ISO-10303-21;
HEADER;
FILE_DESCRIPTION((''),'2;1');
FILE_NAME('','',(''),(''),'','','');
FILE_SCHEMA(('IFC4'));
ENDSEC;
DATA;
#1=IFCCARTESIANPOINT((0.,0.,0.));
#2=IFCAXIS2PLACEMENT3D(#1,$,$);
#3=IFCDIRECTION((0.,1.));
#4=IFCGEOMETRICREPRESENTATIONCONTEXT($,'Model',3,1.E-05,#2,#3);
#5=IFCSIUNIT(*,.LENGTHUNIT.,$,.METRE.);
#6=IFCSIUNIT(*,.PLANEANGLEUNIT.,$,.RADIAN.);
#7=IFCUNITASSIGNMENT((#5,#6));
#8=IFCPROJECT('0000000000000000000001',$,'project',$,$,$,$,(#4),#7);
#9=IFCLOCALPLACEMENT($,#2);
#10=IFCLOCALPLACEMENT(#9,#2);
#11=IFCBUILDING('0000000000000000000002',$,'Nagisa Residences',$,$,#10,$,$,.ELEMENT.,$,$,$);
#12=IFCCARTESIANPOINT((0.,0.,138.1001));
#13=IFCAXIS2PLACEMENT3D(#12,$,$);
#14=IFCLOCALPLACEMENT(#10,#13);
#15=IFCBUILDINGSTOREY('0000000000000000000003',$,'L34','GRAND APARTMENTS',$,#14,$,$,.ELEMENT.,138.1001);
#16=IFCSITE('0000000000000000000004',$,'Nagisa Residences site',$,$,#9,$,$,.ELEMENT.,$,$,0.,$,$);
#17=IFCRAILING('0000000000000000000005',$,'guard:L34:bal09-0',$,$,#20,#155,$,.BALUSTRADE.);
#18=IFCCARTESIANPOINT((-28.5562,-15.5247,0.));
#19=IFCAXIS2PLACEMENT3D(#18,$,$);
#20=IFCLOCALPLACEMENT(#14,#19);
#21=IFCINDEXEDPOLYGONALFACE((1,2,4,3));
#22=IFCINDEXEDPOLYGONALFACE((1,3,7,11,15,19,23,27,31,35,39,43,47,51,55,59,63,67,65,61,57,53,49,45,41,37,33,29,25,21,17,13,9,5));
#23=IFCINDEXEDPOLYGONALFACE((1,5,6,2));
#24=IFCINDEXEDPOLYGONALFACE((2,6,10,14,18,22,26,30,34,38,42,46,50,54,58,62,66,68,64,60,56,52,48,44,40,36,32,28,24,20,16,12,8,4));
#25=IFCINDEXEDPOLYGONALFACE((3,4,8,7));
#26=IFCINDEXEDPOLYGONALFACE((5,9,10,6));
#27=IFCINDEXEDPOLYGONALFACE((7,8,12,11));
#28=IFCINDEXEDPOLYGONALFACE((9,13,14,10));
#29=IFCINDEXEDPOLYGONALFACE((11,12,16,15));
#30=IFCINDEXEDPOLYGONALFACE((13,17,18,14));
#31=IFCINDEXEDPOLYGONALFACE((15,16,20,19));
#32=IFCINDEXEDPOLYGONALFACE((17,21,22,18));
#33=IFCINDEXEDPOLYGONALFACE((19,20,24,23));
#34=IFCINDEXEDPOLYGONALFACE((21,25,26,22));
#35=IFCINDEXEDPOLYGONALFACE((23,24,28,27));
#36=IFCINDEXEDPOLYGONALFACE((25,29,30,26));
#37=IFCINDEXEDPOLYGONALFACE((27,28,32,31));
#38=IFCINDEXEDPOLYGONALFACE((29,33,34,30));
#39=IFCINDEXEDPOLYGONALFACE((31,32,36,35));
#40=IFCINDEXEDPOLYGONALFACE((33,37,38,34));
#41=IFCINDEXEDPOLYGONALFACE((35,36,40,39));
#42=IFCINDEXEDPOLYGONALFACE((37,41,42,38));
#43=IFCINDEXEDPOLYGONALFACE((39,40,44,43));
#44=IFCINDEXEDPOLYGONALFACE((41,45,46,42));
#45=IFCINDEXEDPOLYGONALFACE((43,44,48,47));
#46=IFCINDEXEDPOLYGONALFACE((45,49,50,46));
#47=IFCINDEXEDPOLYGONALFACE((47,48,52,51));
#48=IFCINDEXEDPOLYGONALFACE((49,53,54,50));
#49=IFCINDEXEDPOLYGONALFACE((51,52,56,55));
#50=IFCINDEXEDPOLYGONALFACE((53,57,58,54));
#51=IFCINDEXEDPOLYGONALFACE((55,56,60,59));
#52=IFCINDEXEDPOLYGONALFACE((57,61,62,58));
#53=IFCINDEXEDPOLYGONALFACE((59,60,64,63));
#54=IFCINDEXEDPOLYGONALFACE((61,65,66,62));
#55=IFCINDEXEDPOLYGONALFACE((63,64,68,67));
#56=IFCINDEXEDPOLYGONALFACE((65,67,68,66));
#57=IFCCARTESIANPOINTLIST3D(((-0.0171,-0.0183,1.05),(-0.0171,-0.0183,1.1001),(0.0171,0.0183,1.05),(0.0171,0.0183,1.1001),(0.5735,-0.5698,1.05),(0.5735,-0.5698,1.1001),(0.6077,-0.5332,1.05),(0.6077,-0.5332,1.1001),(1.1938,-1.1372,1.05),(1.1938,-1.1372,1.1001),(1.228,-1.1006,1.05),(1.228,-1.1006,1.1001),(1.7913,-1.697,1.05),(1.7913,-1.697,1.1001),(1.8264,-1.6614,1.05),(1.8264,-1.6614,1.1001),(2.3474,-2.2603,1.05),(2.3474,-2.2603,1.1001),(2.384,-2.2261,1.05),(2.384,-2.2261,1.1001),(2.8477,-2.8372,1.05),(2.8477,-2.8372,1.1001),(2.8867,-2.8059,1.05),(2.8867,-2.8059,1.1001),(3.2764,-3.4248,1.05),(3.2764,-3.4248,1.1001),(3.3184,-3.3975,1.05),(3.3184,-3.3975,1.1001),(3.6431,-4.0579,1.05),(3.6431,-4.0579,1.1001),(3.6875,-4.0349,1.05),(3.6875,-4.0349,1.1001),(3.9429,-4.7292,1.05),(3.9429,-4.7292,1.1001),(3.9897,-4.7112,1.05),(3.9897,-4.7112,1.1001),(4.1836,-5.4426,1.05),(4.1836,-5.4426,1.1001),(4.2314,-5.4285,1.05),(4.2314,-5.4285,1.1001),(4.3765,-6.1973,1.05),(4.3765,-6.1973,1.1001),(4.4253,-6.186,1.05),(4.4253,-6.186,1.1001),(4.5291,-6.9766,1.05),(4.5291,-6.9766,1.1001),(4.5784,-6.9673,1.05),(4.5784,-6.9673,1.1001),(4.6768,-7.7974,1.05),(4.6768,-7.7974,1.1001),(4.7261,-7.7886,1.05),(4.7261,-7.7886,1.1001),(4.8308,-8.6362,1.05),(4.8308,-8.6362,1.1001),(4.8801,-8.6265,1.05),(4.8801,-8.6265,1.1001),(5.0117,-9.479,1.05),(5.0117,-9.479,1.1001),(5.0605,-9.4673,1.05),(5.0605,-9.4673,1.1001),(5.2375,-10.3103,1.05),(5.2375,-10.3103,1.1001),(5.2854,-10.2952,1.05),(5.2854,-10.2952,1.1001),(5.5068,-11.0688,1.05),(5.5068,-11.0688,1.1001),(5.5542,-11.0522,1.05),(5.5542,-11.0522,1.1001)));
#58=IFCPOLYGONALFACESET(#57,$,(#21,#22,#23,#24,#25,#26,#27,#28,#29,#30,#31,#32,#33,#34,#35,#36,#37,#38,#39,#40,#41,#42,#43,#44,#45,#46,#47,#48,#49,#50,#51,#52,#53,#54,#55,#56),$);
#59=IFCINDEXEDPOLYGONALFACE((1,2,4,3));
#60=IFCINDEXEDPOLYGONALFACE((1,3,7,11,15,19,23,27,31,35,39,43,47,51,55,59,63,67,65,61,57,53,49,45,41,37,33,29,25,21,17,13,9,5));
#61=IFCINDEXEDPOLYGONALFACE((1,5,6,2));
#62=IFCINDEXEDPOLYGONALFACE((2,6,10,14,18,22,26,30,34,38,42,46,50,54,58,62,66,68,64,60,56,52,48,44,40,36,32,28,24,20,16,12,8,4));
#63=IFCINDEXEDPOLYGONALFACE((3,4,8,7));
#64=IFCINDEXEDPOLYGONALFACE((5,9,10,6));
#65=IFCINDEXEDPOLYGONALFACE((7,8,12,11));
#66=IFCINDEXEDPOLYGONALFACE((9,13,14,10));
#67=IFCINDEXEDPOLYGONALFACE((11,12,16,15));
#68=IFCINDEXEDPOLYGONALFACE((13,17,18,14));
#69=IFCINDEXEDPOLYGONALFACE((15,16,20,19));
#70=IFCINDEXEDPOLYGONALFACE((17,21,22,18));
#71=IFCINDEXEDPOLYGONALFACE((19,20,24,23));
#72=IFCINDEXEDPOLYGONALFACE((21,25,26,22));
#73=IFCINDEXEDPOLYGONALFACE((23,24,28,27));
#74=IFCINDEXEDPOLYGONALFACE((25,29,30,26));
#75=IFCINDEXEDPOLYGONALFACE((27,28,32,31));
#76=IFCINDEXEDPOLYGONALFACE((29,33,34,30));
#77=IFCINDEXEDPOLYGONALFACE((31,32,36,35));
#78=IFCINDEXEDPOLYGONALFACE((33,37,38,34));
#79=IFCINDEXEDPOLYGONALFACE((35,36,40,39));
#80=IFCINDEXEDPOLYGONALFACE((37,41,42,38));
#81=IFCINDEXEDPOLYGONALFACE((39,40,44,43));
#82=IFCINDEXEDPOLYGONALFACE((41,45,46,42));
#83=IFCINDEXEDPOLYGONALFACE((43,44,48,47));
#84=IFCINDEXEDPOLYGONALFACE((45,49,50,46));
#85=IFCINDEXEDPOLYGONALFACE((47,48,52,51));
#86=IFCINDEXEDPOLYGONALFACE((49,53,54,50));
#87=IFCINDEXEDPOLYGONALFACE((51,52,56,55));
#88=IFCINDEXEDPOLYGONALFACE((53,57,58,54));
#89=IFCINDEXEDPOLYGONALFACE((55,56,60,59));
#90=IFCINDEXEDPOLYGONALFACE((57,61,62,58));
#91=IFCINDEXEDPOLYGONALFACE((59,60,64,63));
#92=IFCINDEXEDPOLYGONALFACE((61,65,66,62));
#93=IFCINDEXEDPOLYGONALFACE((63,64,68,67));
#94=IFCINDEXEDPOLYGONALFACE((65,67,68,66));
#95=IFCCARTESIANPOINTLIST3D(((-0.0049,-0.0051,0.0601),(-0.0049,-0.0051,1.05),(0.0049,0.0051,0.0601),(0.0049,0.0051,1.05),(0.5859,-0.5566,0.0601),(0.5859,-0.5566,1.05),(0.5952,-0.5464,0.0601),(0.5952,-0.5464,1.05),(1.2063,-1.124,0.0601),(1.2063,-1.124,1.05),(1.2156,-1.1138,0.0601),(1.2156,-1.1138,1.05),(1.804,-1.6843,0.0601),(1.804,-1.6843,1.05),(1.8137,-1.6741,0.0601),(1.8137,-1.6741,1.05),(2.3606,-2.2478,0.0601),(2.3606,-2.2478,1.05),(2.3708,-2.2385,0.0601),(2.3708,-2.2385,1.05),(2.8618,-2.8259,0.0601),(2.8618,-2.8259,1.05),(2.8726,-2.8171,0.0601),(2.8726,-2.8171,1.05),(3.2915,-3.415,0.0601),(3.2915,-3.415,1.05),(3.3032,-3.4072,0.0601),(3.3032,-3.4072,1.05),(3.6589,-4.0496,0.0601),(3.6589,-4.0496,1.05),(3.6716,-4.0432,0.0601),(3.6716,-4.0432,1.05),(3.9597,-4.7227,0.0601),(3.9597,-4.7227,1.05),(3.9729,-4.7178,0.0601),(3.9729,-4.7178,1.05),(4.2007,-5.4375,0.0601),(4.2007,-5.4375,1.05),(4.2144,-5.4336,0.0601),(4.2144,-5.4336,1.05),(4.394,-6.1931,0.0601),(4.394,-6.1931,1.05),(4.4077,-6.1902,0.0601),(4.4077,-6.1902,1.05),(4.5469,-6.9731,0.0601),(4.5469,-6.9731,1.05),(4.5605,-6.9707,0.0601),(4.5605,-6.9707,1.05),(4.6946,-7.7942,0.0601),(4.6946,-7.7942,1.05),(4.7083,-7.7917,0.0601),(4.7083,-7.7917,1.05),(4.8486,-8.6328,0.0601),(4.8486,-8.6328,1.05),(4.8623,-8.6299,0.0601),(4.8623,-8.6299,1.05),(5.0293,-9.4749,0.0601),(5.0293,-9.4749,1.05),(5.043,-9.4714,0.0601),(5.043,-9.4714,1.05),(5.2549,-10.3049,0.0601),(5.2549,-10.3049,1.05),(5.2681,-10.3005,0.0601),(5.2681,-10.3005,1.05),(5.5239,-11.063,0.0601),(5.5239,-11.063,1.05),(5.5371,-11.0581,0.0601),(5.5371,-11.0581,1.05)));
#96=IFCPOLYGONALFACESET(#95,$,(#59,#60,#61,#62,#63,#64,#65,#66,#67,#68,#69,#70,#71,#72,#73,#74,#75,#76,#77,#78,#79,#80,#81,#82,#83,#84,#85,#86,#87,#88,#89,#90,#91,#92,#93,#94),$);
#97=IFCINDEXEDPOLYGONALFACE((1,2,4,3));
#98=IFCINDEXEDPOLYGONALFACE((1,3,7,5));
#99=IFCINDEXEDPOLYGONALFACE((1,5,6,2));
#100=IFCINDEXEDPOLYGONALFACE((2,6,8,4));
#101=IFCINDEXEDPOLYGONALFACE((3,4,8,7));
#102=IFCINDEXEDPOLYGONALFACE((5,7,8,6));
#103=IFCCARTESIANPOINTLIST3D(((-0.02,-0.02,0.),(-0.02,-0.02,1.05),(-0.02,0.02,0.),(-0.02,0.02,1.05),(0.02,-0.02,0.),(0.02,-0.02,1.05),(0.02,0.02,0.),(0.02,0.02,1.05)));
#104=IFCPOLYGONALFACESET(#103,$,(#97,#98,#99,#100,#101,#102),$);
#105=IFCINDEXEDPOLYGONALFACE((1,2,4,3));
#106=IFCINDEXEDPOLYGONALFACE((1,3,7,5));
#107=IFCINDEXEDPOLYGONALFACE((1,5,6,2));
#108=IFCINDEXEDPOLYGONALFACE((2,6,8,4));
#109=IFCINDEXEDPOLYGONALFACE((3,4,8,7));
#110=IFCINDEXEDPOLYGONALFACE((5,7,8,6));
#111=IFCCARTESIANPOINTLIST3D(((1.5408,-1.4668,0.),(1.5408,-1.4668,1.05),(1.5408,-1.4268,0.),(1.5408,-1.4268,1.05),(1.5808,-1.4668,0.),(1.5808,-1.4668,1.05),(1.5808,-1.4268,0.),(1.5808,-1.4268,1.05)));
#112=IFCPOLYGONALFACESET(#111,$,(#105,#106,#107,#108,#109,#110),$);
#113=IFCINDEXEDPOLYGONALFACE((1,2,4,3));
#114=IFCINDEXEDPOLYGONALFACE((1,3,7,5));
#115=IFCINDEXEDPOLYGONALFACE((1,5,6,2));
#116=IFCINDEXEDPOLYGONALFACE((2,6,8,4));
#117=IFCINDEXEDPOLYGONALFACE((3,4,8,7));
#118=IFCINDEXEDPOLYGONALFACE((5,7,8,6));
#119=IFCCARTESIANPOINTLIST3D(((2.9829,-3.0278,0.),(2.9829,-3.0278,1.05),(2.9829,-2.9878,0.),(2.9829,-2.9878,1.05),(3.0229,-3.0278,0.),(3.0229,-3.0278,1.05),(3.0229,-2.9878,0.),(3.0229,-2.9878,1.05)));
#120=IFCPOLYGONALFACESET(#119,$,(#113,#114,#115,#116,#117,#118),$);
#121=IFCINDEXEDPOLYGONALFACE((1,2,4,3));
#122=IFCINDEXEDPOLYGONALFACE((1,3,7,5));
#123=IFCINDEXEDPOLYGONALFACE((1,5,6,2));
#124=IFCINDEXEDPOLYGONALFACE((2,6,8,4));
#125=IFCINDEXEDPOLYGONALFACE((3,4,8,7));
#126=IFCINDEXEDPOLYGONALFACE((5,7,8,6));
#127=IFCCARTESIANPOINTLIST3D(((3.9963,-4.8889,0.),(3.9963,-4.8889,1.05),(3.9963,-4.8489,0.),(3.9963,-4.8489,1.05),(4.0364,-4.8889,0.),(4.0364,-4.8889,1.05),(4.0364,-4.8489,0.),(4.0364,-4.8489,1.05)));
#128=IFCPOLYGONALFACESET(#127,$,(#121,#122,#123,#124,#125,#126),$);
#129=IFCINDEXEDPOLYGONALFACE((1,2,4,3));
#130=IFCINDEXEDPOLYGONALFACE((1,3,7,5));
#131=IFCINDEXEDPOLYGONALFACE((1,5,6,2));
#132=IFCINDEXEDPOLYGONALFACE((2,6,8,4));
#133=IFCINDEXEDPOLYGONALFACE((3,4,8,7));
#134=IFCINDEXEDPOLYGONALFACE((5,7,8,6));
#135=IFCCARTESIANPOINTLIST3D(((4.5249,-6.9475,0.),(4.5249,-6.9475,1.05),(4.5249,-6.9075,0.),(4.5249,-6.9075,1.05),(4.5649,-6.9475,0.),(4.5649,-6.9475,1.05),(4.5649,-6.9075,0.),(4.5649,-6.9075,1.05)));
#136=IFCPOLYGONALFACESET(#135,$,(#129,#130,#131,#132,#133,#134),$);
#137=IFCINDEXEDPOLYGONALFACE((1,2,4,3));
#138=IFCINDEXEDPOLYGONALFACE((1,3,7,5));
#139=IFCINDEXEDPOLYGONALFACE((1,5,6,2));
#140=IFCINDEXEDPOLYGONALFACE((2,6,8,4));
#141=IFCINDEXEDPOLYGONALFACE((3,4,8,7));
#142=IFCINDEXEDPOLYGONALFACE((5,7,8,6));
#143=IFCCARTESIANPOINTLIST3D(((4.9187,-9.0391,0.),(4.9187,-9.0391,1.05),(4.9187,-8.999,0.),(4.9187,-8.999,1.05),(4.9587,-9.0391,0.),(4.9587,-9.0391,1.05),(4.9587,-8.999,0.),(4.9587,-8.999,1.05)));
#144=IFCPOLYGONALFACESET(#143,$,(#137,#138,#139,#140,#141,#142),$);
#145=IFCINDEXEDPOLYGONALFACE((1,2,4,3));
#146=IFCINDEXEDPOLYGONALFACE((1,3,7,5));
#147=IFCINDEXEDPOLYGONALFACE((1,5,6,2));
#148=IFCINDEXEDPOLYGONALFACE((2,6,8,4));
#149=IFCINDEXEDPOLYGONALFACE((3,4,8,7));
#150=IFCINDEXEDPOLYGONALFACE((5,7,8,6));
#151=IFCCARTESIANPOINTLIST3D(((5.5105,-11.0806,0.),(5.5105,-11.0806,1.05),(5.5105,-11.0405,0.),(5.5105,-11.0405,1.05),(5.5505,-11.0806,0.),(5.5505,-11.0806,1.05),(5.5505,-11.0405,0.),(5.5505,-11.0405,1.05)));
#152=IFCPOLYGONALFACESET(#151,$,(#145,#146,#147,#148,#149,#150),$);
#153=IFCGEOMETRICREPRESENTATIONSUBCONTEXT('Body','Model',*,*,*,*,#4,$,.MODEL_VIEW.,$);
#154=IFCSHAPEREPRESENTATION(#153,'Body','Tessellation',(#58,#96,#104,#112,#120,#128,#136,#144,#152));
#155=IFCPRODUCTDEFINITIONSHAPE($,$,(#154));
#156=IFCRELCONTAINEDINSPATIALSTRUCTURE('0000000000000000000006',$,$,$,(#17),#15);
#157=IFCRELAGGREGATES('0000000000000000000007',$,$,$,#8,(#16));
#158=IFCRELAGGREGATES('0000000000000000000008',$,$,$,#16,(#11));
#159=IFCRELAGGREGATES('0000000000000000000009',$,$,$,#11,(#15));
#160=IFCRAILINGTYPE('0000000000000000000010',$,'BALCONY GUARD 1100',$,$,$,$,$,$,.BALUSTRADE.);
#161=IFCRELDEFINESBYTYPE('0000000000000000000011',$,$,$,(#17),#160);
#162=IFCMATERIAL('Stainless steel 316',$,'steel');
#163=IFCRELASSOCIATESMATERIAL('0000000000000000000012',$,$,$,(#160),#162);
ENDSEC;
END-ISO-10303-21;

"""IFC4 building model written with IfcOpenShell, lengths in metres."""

from ifc_helpers import new_model, si_unit, direction, frame, origin, origin_2d, place, context, subcontext, project, spatial, polyline, rectangle, outline, extrude, material, type_object, element, save


model = new_model("IFC4")

# Units and contexts
model_context = context("Model", 3, precision=1e-05, world=origin(), true_north=direction((0.0, 1.0)))
body_context = subcontext(model_context, "Body", "Model", "MODEL_VIEW")
ifc_project = project(units=[si_unit("LENGTHUNIT", "METRE"), si_unit("PLANEANGLEUNIT", "RADIAN")], contexts=[model_context])

# Site, building, storey
site_placement = place(None, origin())
site = spatial("IfcSite", under=ifc_project, at=site_placement, Name="Nagisa Residences site", CompositionType="ELEMENT", RefElevation=0.0)
building_placement = place(site_placement, origin())
building = spatial("IfcBuilding", under=site, at=building_placement, Name="Nagisa Residences", CompositionType="ELEMENT")
storey_placement = place(building_placement, frame((0.0, 0.0, 138.1001)))
storey = spatial("IfcBuildingStorey", under=building, at=storey_placement, Name="L34", Description="GRAND APARTMENTS", CompositionType="ELEMENT", Elevation=138.1001)

# Railing
ifc_material_1 = material(Name="Stainless steel 316", Category="steel")
railing_type = type_object("IfcRailingType", Name="BALCONY GUARD 1100", PredefinedType="BALUSTRADE", material=ifc_material_1)
railing_1_placement = place(storey_placement, frame((-28.5562, -15.5247, 0.0)))
element("IfcRailing", 1, at=railing_1_placement, inside=storey, type_object=railing_type, Name="guard:L34:bal09-0", PredefinedType="BALUSTRADE", context=body_context, shape_type="SweptSolid", body=[
    extrude(outline(polyline([(0.6077, -0.5332), (0.0171, 0.0183), (-0.0171, -0.0183), (0.5735, -0.5698), (1.1938, -1.1372), (1.7913, -1.697), (2.3474, -2.2603), (2.8477, -2.8372), (3.2764, -3.4248), (3.6431, -4.0579), (3.9429, -4.7292), (4.1836, -5.4426), (4.3765, -6.1973), (4.5291, -6.9766), (4.6768, -7.7974), (4.8308, -8.6362), (5.0117, -9.479), (5.2375, -10.3103), (5.5068, -11.0688), (5.5542, -11.0522), (5.2854, -10.2952), (5.0605, -9.4673), (4.8801, -8.6265), (4.7261, -7.7886), (4.5784, -6.9673), (4.4253, -6.186), (4.2314, -5.4285), (3.9897, -4.7112), (3.6875, -4.0349), (3.3184, -3.3975), (2.8867, -2.8059), (2.384, -2.2261), (1.8264, -1.6614), (1.228, -1.1006), (0.6077, -0.5332)])), frame((0.0, 0.0, 1.05)), (0.0, 0.0, 1.0), 0.05),
    extrude(outline(polyline([(0.5952, -0.5464), (0.0049, 0.0051), (-0.0049, -0.0051), (0.5859, -0.5566), (1.2063, -1.124), (1.804, -1.6843), (2.3606, -2.2478), (2.8618, -2.8259), (3.2915, -3.415), (3.6589, -4.0496), (3.9597, -4.7227), (4.2007, -5.4375), (4.394, -6.1931), (4.5469, -6.9731), (4.6946, -7.7942), (4.8486, -8.6328), (5.0293, -9.4749), (5.2549, -10.3049), (5.5239, -11.063), (5.5371, -11.0581), (5.2681, -10.3005), (5.043, -9.4714), (4.8623, -8.6299), (4.7083, -7.7917), (4.5605, -6.9707), (4.4077, -6.1902), (4.2144, -5.4336), (3.9729, -4.7178), (3.6716, -4.0432), (3.3032, -3.4072), (2.8726, -2.8171), (2.3708, -2.2385), (1.8137, -1.6741), (1.2156, -1.1138), (0.5952, -0.5464)])), frame((0.0, 0.0, 0.0601)), (0.0, 0.0, 1.0), 0.99),
    extrude(rectangle(XDim=0.04, YDim=0.04, at=origin_2d()), origin(), (0.0, 0.0, 1.0), 1.05),
    extrude(rectangle(XDim=0.04, YDim=0.04, at=origin_2d()), frame((1.5608, -1.4468, 0.0)), (0.0, 0.0, 1.0), 1.05),
    extrude(rectangle(XDim=0.04, YDim=0.04, at=origin_2d()), frame((3.0029, -3.0078, 0.0)), (0.0, 0.0, 1.0), 1.05),
    extrude(rectangle(XDim=0.04, YDim=0.04, at=origin_2d()), frame((4.0164, -4.8689, 0.0)), (0.0, 0.0, 1.0), 1.05),
    extrude(rectangle(XDim=0.04, YDim=0.04, at=origin_2d()), frame((4.5449, -6.9275, 0.0)), (0.0, 0.0, 1.0), 1.05),
    extrude(rectangle(XDim=0.04, YDim=0.04, at=origin_2d()), frame((4.9387, -9.019, 0.0)), (0.0, 0.0, 1.0), 1.05),
    extrude(rectangle(XDim=0.04, YDim=0.04, at=origin_2d()), frame((5.5305, -11.0605, 0.0)), (0.0, 0.0, 1.0), 1.05),
])

save(model, "model.ifc")
